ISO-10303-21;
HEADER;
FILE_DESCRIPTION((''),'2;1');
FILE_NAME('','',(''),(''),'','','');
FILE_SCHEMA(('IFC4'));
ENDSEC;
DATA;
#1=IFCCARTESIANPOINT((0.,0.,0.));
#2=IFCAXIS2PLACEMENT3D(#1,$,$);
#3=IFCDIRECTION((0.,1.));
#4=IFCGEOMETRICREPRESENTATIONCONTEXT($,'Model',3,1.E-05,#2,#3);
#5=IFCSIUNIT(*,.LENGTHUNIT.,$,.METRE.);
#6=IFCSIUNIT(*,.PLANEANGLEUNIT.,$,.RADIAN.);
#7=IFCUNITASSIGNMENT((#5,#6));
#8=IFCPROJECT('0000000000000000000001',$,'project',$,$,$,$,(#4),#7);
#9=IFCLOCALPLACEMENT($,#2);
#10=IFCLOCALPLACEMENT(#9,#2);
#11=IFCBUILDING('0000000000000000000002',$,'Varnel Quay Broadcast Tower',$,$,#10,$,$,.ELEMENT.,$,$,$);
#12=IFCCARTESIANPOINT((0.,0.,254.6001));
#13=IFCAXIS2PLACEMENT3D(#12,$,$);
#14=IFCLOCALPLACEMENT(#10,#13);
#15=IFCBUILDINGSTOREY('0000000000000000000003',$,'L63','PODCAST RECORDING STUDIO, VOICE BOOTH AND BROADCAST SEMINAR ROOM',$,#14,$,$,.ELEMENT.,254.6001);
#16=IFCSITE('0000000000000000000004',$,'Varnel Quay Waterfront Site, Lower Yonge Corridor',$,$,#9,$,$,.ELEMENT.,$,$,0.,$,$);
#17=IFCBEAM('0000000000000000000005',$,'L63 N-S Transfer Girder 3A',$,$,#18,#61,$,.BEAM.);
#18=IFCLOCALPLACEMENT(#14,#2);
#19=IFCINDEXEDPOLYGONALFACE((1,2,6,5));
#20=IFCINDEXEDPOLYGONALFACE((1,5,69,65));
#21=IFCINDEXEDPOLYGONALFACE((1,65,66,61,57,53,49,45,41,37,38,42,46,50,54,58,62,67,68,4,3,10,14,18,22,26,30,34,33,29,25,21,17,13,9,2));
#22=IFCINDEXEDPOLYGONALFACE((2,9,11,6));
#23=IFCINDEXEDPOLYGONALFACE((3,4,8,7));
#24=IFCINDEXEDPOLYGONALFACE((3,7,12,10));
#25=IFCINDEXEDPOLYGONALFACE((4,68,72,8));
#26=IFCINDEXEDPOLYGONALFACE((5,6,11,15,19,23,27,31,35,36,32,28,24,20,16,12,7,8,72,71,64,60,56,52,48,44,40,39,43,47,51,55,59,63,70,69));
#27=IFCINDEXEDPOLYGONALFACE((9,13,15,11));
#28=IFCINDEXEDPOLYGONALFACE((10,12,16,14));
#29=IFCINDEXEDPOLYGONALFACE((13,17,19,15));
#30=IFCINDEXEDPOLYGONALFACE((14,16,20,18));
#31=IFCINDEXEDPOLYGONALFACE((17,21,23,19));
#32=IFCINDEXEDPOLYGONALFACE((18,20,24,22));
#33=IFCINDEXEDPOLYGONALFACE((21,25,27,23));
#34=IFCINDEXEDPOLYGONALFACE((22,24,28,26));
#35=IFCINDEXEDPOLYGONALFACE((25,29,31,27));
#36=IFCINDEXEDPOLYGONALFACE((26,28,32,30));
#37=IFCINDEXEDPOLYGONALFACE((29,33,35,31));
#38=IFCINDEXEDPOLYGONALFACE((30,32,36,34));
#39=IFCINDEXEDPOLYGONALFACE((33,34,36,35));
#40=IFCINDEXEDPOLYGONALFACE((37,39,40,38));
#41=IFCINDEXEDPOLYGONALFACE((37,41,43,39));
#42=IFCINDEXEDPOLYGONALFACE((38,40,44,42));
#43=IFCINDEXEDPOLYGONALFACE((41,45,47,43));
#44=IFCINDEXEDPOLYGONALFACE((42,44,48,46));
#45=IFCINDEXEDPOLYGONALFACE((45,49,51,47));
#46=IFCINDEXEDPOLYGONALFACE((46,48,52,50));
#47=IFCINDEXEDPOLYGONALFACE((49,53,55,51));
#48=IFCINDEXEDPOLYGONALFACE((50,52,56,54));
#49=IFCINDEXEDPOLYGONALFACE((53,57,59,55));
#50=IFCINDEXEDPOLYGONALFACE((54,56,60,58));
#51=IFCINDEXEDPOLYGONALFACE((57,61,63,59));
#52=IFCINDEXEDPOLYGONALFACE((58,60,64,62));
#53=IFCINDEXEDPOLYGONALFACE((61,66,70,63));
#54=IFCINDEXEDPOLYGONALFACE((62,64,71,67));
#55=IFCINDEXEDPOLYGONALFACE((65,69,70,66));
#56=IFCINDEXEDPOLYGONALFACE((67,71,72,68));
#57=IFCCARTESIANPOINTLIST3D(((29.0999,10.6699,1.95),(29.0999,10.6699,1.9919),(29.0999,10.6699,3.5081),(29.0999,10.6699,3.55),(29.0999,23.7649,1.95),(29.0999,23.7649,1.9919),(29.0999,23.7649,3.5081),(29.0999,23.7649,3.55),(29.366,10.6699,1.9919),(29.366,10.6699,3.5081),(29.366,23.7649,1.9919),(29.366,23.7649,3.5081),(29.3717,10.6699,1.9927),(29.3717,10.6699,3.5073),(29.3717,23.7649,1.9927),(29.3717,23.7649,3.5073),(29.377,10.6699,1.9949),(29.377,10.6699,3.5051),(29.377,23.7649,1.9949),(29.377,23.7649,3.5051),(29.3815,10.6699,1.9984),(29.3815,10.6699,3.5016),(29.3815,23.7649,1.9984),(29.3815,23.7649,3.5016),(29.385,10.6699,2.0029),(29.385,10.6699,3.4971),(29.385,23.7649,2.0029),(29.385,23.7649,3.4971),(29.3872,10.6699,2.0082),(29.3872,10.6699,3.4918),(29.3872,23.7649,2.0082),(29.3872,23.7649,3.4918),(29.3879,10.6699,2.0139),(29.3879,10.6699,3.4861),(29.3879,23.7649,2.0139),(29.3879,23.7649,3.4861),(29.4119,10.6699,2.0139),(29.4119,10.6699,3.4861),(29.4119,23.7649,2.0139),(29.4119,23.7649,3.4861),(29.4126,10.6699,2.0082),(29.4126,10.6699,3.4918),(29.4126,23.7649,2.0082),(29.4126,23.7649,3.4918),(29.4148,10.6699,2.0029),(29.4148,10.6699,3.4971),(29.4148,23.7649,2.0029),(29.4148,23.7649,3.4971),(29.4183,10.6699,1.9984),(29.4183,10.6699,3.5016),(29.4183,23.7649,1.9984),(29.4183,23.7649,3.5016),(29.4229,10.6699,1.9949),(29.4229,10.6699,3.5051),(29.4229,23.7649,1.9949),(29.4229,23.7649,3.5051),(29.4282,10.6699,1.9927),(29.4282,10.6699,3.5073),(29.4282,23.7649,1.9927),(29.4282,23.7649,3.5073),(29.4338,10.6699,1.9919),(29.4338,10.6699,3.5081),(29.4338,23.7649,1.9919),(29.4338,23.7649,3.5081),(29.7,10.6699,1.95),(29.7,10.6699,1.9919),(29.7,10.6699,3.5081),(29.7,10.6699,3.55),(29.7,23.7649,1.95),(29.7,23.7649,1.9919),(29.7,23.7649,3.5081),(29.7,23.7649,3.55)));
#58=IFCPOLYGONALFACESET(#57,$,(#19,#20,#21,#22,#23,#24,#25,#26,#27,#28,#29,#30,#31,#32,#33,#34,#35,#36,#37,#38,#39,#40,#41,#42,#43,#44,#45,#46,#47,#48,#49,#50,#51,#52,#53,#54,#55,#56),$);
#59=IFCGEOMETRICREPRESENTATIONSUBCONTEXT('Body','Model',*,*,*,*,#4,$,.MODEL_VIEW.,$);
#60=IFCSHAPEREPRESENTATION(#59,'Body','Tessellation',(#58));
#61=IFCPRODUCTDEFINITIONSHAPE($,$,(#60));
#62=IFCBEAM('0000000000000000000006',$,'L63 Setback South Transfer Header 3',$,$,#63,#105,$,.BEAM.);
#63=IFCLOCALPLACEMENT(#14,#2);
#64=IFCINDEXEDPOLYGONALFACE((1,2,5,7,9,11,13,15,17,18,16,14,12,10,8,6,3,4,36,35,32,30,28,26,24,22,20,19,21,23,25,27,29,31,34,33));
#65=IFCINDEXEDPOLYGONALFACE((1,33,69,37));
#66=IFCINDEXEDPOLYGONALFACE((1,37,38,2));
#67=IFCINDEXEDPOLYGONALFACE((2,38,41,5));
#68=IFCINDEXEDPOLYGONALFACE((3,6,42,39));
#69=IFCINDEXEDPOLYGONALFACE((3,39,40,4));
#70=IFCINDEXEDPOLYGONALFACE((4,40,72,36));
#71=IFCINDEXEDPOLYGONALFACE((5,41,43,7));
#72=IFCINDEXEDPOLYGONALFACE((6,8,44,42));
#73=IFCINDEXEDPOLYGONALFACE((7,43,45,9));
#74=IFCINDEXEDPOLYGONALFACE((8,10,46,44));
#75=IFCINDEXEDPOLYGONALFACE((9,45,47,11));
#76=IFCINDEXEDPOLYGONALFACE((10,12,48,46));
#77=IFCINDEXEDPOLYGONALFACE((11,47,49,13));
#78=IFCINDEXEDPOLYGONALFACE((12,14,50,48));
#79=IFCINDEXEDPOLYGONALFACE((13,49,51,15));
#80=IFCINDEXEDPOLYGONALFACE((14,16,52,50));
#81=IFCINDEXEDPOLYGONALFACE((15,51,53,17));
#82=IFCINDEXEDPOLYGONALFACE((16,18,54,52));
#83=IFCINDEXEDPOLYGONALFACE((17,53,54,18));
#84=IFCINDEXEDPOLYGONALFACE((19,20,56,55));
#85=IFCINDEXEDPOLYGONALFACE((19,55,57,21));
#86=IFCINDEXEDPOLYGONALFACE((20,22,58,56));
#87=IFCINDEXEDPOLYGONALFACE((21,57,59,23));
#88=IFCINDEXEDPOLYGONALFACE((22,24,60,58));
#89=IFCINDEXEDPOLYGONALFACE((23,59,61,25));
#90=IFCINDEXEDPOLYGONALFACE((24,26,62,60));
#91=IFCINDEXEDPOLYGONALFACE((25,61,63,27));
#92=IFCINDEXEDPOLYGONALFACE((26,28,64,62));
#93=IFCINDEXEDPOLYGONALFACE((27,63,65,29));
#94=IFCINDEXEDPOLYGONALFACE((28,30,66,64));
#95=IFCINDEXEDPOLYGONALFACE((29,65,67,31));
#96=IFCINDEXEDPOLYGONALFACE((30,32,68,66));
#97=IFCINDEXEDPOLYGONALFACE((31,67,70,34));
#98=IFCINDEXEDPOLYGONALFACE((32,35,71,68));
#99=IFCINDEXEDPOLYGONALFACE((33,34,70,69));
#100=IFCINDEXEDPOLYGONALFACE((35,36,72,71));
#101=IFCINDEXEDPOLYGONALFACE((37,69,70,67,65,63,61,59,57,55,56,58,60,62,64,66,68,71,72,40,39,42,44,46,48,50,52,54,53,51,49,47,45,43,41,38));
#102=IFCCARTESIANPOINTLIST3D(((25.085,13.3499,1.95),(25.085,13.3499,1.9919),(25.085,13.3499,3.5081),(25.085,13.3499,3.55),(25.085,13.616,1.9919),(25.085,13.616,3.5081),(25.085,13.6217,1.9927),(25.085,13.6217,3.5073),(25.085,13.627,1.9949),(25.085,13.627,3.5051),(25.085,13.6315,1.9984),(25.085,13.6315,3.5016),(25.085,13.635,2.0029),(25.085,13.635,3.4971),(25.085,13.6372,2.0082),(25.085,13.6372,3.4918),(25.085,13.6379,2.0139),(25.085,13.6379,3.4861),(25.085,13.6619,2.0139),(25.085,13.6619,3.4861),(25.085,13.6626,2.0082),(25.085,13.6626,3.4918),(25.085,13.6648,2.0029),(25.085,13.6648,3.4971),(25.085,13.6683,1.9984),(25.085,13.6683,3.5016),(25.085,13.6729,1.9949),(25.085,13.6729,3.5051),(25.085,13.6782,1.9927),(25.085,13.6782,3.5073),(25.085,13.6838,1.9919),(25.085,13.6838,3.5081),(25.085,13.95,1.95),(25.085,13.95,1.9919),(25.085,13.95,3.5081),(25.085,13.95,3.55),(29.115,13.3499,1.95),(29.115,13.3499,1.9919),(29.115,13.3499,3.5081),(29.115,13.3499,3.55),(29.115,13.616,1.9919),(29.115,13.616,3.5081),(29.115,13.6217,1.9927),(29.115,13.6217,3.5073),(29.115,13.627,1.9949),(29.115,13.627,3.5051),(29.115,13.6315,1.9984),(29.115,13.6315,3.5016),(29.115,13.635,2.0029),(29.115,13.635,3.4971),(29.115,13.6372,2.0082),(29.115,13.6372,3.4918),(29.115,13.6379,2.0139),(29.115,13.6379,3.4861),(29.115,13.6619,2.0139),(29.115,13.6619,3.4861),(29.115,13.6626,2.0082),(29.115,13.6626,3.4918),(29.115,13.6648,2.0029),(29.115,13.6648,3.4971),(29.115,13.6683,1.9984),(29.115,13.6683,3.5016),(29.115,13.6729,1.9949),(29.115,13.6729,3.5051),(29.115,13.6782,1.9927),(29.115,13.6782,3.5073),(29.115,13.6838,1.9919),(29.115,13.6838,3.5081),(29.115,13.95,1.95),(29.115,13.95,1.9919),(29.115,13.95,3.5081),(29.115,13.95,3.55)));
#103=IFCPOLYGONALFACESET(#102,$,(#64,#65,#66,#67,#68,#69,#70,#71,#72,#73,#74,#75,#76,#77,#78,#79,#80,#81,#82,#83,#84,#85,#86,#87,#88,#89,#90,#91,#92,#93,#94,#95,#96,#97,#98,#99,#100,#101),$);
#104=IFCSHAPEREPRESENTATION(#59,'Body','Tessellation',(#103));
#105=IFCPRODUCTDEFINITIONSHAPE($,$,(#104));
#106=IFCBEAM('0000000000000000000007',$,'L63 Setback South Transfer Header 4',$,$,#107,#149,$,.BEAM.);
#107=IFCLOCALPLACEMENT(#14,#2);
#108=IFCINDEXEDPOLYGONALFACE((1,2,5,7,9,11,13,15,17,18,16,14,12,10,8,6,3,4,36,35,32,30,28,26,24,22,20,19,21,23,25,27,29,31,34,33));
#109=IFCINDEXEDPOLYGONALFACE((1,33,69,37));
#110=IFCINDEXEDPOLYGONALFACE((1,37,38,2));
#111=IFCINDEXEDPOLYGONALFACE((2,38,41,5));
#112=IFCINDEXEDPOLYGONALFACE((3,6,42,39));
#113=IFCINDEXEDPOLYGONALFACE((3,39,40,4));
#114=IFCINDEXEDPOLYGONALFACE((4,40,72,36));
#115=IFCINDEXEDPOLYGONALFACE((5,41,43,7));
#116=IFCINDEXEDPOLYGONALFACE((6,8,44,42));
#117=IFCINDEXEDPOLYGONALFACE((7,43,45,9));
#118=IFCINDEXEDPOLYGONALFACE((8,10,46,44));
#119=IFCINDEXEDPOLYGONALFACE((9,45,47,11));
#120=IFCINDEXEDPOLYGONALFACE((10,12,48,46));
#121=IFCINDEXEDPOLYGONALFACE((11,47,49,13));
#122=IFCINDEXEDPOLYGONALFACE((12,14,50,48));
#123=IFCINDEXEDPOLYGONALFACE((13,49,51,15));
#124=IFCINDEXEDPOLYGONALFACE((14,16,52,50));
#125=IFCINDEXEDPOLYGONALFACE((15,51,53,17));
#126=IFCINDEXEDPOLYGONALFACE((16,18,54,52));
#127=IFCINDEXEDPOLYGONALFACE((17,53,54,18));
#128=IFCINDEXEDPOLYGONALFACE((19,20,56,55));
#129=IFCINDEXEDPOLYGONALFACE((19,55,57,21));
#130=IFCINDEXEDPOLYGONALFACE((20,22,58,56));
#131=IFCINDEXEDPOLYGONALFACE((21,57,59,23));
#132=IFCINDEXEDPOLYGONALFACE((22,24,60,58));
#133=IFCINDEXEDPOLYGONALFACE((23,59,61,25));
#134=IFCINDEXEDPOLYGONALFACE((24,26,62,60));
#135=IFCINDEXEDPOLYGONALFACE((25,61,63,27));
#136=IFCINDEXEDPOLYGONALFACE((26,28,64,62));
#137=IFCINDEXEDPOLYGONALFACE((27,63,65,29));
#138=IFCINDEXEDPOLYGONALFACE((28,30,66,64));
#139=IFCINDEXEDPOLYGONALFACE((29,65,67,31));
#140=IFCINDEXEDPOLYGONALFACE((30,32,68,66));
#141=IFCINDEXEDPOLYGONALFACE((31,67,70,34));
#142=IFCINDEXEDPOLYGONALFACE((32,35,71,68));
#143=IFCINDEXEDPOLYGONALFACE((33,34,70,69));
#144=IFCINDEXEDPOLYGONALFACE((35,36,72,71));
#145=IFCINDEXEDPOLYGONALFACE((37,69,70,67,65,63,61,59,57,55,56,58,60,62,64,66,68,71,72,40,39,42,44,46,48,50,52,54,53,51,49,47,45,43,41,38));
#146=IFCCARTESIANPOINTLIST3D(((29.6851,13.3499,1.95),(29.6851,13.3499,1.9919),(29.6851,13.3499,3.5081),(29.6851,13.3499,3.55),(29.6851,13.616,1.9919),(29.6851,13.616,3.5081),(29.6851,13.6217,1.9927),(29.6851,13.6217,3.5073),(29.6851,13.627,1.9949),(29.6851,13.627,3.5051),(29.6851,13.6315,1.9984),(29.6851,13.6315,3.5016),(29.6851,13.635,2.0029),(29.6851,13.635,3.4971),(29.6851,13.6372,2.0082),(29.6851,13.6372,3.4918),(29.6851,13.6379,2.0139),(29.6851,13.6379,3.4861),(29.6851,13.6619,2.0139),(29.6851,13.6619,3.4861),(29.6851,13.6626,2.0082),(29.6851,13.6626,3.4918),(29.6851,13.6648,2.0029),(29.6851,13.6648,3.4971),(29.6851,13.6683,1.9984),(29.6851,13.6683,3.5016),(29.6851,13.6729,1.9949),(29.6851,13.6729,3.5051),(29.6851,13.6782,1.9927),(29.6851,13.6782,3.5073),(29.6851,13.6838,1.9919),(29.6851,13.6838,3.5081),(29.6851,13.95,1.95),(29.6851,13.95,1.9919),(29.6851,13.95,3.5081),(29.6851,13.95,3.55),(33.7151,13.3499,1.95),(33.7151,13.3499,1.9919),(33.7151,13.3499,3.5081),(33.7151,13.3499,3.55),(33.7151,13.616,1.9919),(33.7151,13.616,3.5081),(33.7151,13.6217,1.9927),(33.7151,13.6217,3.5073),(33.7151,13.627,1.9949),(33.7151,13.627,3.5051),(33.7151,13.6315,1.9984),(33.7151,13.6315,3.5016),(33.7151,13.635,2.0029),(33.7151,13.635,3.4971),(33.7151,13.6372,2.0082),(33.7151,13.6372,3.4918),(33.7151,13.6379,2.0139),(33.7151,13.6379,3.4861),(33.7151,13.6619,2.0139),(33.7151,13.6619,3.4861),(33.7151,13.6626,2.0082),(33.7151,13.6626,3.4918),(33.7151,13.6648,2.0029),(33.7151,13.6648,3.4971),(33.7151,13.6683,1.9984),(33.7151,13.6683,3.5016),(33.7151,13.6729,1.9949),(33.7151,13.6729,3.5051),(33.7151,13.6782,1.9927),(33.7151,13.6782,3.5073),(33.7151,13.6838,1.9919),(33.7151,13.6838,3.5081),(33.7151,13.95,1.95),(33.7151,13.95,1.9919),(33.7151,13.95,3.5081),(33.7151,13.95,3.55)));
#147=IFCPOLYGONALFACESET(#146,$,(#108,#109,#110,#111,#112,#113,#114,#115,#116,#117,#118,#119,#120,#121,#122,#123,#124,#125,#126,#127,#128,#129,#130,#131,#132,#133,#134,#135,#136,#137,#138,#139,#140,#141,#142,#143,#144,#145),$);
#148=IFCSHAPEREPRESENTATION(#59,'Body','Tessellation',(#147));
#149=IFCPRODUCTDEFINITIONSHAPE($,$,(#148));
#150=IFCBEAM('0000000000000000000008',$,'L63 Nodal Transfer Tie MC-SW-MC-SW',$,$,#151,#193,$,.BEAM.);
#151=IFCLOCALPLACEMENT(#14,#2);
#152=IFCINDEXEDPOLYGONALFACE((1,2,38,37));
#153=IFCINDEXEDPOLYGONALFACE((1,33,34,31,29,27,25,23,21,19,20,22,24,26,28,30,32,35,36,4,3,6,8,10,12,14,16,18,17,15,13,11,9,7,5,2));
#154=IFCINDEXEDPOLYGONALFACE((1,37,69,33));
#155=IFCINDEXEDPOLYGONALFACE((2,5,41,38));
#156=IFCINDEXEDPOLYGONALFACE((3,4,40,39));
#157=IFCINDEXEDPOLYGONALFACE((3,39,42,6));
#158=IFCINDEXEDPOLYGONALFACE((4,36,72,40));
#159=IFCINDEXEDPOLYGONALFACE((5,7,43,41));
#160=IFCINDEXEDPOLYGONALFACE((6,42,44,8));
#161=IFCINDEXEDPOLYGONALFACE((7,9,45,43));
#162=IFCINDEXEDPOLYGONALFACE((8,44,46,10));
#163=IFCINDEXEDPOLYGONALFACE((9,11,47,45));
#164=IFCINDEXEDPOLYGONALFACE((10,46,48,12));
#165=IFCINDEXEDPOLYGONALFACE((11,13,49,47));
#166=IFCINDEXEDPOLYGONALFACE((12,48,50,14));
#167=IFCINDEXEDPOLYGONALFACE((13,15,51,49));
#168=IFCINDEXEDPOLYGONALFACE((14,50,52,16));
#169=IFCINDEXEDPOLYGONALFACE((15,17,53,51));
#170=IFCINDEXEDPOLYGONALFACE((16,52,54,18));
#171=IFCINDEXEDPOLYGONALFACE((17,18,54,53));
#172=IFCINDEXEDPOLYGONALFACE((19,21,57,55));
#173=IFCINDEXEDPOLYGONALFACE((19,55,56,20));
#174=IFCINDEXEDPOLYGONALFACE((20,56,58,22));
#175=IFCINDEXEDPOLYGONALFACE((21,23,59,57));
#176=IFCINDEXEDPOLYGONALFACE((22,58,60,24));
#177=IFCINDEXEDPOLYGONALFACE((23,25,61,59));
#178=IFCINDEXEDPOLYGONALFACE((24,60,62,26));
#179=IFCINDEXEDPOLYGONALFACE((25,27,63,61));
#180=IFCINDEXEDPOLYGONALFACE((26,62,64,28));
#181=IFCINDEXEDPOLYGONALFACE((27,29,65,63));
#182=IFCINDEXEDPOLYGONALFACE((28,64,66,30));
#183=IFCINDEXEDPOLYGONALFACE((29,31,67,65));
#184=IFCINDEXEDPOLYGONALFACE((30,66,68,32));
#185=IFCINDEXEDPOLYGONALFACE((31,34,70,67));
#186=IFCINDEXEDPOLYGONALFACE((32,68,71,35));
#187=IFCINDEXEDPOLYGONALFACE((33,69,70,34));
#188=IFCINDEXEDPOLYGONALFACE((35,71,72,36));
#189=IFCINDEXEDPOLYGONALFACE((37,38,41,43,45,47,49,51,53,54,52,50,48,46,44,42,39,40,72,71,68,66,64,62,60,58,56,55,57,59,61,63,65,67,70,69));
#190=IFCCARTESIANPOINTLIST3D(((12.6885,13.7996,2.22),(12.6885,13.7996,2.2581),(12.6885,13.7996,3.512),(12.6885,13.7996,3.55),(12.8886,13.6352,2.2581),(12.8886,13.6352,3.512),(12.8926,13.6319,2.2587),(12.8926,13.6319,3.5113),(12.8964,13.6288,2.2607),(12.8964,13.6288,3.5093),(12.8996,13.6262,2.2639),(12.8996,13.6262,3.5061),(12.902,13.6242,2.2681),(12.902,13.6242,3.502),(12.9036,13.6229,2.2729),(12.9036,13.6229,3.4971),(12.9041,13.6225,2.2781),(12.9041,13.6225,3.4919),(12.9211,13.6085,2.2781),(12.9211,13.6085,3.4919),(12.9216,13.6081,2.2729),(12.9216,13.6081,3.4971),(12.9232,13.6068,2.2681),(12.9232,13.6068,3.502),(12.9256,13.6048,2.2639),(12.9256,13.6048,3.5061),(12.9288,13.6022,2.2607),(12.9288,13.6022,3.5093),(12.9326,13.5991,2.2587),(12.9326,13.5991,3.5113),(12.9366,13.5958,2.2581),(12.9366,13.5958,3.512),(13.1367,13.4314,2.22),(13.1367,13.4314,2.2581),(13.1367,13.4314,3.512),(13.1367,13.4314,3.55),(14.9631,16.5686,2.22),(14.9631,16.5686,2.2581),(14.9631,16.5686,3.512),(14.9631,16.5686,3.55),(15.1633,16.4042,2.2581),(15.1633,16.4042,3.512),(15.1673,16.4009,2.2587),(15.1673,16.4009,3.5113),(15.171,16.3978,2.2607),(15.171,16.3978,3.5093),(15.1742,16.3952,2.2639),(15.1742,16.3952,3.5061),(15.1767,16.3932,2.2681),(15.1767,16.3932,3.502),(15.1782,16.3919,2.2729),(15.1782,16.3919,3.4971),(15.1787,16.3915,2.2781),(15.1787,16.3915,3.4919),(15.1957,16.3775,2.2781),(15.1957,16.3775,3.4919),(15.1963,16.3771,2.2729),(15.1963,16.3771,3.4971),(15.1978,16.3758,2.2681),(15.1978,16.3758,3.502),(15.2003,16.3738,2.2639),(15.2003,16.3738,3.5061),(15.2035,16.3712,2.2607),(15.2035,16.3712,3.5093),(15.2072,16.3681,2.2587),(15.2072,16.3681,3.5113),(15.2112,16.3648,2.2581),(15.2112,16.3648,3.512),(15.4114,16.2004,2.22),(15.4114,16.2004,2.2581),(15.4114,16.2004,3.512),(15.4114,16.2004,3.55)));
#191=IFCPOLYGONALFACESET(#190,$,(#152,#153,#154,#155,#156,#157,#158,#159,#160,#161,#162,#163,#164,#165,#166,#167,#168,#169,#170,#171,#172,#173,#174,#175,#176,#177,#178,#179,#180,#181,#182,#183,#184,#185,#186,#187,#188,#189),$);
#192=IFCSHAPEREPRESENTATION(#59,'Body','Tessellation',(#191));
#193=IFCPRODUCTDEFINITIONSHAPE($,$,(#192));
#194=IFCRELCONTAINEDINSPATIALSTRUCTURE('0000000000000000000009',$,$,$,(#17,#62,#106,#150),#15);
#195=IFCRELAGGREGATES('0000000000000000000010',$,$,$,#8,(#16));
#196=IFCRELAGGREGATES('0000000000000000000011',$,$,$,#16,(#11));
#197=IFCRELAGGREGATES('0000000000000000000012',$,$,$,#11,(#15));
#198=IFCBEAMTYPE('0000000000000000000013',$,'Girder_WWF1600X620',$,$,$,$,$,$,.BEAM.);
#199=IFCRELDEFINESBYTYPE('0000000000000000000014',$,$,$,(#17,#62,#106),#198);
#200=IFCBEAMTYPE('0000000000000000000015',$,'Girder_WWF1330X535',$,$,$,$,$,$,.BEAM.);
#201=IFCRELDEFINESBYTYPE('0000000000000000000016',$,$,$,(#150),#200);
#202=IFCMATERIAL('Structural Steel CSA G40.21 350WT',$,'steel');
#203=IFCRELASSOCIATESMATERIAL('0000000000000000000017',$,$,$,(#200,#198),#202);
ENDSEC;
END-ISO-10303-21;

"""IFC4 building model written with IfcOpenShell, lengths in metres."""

from ifc_helpers import new_model, si_unit, direction, frame, origin, origin_2d, place, context, subcontext, project, spatial, i_section, extrude, source, transform, mapped, material, material_profile, profile_set, type_object, element, save


model = new_model("IFC4")

# Units and contexts
model_context = context("Model", 3, precision=1e-05, world=origin(), true_north=direction((0.0, 1.0)))
body_context = subcontext(model_context, "Body", "Model", "MODEL_VIEW")
ifc_project = project(units=[si_unit("LENGTHUNIT", "METRE"), si_unit("PLANEANGLEUNIT", "RADIAN")], contexts=[model_context])

# Site, building, storey
site_placement = place(None, origin())
site = spatial("IfcSite", under=ifc_project, at=site_placement, Name="Varnel Quay Waterfront Site, Lower Yonge Corridor", CompositionType="ELEMENT", RefElevation=0.0)
building_placement = place(site_placement, origin())
building = spatial("IfcBuilding", under=site, at=building_placement, Name="Varnel Quay Broadcast Tower", CompositionType="ELEMENT")
storey_placement = place(building_placement, frame((0.0, 0.0, 254.6001)))
storey = spatial("IfcBuildingStorey", under=building, at=storey_placement, Name="L63", Description="PODCAST RECORDING STUDIO, VOICE BOOTH AND BROADCAST SEMINAR ROOM", CompositionType="ELEMENT", Elevation=254.6001)

# Shared definitions
ifc_material_1 = material(Name="Structural Steel CSA G40.21 350WT", Category="steel")

# Beams
ifc_material_profile_1 = material_profile(ifc_material_1, i_section(OverallWidth=0.5801, OverallDepth=1.3301, WebThickness=0.022, FlangeThickness=0.0381, FilletRadius=0.02, at=origin_2d()), Name="WWF1330X535")
ifc_profile_set_1 = profile_set([ifc_material_profile_1], Name="Structural Steel CSA G40.21 350WT")
beam_type_1 = type_object("IfcBeamType", Name="Girder_WWF1330X535", PredefinedType="BEAM", material=ifc_profile_set_1)
ifc_material_profile_2 = material_profile(ifc_material_1, i_section(OverallWidth=0.6001, OverallDepth=1.6001, WebThickness=0.0239, FlangeThickness=0.042, FilletRadius=0.022, at=origin_2d()), Name="WWF1600X620")
ifc_profile_set_2 = profile_set([ifc_material_profile_2], Name="Structural Steel CSA G40.21 350WT")
beam_type_2 = type_object("IfcBeamType", Name="Girder_WWF1600X620", PredefinedType="BEAM", material=ifc_profile_set_2)
shared_shape_1 = source(origin(), body_context, "Body", "SweptSolid", [
    extrude(i_section(OverallWidth=0.6001, OverallDepth=1.6001, WebThickness=0.0239, FlangeThickness=0.042, FilletRadius=0.022, at=origin_2d()), origin(), (0.0, 0.0, 1.0), 13.095),
])
for number, where, z_axis, x_axis, name in (
    (1, (29.3999, 10.6699, 2.75), (0.0, 1.0, 0.0), (-1.0, 0.0, 0.0), "L63 N-S Transfer Girder 3A"),
):
    element("IfcBeam", number, at=place(storey_placement, frame(where, z_axis=z_axis, x_axis=x_axis)), inside=storey, type_object=beam_type_2, Name=name, PredefinedType="BEAM", context=body_context, shape_type="MappedRepresentation", body=[
        mapped(shared_shape_1, transform((0.0, 0.0, 0.0), x_axis=(1.0, 0.0, 0.0), y_axis=(0.0, 1.0, 0.0), z_axis=(0.0, 0.0, 1.0), scale=1.0)),
    ])
shared_shape_2 = source(origin(), body_context, "Body", "SweptSolid", [
    extrude(i_section(OverallWidth=0.6001, OverallDepth=1.6001, WebThickness=0.0239, FlangeThickness=0.042, FilletRadius=0.022, at=origin_2d()), origin(), (0.0, 0.0, 1.0), 4.03),
])
for number, where, z_axis, x_axis, name in (
    (2, (25.085, 13.6499, 2.75), (1.0, 0.0, 0.0), (0.0, 1.0, 0.0), "L63 Setback South Transfer Header 3"),
    (3, (29.6851, 13.6499, 2.75), (1.0, 0.0, 0.0), (0.0, 1.0, 0.0), "L63 Setback South Transfer Header 4"),
):
    element("IfcBeam", number, at=place(storey_placement, frame(where, z_axis=z_axis, x_axis=x_axis)), inside=storey, type_object=beam_type_2, Name=name, PredefinedType="BEAM", context=body_context, shape_type="MappedRepresentation", body=[
        mapped(shared_shape_2, transform((0.0, 0.0, 0.0), x_axis=(1.0, 0.0, 0.0), y_axis=(0.0, 1.0, 0.0), z_axis=(0.0, 0.0, 1.0), scale=1.0)),
    ])
shared_shape_3 = source(origin(), body_context, "Body", "SweptSolid", [
    extrude(i_section(OverallWidth=0.5801, OverallDepth=1.3301, WebThickness=0.022, FlangeThickness=0.0381, FilletRadius=0.02, at=origin_2d()), origin(), (0.0, 0.0, 1.0), 3.5835),
])
beam_1_placement = place(storey_placement, frame((12.9126, 13.6155, 2.885), z_axis=(0.634754, 0.772714, 0.0), x_axis=(-0.772714, 0.634754, 0.0)))
element("IfcBeam", 4, at=beam_1_placement, inside=storey, type_object=beam_type_1, Name="L63 Nodal Transfer Tie MC-SW-MC-SW", PredefinedType="BEAM", context=body_context, shape_type="MappedRepresentation", body=[
    mapped(shared_shape_3, transform((0.0, 0.0, 0.0), x_axis=(1.0, 0.0, 0.0), y_axis=(0.0, 1.0, 0.0), z_axis=(0.0, 0.0, 1.0), scale=1.0)),
])

save(model, "model.ifc")
